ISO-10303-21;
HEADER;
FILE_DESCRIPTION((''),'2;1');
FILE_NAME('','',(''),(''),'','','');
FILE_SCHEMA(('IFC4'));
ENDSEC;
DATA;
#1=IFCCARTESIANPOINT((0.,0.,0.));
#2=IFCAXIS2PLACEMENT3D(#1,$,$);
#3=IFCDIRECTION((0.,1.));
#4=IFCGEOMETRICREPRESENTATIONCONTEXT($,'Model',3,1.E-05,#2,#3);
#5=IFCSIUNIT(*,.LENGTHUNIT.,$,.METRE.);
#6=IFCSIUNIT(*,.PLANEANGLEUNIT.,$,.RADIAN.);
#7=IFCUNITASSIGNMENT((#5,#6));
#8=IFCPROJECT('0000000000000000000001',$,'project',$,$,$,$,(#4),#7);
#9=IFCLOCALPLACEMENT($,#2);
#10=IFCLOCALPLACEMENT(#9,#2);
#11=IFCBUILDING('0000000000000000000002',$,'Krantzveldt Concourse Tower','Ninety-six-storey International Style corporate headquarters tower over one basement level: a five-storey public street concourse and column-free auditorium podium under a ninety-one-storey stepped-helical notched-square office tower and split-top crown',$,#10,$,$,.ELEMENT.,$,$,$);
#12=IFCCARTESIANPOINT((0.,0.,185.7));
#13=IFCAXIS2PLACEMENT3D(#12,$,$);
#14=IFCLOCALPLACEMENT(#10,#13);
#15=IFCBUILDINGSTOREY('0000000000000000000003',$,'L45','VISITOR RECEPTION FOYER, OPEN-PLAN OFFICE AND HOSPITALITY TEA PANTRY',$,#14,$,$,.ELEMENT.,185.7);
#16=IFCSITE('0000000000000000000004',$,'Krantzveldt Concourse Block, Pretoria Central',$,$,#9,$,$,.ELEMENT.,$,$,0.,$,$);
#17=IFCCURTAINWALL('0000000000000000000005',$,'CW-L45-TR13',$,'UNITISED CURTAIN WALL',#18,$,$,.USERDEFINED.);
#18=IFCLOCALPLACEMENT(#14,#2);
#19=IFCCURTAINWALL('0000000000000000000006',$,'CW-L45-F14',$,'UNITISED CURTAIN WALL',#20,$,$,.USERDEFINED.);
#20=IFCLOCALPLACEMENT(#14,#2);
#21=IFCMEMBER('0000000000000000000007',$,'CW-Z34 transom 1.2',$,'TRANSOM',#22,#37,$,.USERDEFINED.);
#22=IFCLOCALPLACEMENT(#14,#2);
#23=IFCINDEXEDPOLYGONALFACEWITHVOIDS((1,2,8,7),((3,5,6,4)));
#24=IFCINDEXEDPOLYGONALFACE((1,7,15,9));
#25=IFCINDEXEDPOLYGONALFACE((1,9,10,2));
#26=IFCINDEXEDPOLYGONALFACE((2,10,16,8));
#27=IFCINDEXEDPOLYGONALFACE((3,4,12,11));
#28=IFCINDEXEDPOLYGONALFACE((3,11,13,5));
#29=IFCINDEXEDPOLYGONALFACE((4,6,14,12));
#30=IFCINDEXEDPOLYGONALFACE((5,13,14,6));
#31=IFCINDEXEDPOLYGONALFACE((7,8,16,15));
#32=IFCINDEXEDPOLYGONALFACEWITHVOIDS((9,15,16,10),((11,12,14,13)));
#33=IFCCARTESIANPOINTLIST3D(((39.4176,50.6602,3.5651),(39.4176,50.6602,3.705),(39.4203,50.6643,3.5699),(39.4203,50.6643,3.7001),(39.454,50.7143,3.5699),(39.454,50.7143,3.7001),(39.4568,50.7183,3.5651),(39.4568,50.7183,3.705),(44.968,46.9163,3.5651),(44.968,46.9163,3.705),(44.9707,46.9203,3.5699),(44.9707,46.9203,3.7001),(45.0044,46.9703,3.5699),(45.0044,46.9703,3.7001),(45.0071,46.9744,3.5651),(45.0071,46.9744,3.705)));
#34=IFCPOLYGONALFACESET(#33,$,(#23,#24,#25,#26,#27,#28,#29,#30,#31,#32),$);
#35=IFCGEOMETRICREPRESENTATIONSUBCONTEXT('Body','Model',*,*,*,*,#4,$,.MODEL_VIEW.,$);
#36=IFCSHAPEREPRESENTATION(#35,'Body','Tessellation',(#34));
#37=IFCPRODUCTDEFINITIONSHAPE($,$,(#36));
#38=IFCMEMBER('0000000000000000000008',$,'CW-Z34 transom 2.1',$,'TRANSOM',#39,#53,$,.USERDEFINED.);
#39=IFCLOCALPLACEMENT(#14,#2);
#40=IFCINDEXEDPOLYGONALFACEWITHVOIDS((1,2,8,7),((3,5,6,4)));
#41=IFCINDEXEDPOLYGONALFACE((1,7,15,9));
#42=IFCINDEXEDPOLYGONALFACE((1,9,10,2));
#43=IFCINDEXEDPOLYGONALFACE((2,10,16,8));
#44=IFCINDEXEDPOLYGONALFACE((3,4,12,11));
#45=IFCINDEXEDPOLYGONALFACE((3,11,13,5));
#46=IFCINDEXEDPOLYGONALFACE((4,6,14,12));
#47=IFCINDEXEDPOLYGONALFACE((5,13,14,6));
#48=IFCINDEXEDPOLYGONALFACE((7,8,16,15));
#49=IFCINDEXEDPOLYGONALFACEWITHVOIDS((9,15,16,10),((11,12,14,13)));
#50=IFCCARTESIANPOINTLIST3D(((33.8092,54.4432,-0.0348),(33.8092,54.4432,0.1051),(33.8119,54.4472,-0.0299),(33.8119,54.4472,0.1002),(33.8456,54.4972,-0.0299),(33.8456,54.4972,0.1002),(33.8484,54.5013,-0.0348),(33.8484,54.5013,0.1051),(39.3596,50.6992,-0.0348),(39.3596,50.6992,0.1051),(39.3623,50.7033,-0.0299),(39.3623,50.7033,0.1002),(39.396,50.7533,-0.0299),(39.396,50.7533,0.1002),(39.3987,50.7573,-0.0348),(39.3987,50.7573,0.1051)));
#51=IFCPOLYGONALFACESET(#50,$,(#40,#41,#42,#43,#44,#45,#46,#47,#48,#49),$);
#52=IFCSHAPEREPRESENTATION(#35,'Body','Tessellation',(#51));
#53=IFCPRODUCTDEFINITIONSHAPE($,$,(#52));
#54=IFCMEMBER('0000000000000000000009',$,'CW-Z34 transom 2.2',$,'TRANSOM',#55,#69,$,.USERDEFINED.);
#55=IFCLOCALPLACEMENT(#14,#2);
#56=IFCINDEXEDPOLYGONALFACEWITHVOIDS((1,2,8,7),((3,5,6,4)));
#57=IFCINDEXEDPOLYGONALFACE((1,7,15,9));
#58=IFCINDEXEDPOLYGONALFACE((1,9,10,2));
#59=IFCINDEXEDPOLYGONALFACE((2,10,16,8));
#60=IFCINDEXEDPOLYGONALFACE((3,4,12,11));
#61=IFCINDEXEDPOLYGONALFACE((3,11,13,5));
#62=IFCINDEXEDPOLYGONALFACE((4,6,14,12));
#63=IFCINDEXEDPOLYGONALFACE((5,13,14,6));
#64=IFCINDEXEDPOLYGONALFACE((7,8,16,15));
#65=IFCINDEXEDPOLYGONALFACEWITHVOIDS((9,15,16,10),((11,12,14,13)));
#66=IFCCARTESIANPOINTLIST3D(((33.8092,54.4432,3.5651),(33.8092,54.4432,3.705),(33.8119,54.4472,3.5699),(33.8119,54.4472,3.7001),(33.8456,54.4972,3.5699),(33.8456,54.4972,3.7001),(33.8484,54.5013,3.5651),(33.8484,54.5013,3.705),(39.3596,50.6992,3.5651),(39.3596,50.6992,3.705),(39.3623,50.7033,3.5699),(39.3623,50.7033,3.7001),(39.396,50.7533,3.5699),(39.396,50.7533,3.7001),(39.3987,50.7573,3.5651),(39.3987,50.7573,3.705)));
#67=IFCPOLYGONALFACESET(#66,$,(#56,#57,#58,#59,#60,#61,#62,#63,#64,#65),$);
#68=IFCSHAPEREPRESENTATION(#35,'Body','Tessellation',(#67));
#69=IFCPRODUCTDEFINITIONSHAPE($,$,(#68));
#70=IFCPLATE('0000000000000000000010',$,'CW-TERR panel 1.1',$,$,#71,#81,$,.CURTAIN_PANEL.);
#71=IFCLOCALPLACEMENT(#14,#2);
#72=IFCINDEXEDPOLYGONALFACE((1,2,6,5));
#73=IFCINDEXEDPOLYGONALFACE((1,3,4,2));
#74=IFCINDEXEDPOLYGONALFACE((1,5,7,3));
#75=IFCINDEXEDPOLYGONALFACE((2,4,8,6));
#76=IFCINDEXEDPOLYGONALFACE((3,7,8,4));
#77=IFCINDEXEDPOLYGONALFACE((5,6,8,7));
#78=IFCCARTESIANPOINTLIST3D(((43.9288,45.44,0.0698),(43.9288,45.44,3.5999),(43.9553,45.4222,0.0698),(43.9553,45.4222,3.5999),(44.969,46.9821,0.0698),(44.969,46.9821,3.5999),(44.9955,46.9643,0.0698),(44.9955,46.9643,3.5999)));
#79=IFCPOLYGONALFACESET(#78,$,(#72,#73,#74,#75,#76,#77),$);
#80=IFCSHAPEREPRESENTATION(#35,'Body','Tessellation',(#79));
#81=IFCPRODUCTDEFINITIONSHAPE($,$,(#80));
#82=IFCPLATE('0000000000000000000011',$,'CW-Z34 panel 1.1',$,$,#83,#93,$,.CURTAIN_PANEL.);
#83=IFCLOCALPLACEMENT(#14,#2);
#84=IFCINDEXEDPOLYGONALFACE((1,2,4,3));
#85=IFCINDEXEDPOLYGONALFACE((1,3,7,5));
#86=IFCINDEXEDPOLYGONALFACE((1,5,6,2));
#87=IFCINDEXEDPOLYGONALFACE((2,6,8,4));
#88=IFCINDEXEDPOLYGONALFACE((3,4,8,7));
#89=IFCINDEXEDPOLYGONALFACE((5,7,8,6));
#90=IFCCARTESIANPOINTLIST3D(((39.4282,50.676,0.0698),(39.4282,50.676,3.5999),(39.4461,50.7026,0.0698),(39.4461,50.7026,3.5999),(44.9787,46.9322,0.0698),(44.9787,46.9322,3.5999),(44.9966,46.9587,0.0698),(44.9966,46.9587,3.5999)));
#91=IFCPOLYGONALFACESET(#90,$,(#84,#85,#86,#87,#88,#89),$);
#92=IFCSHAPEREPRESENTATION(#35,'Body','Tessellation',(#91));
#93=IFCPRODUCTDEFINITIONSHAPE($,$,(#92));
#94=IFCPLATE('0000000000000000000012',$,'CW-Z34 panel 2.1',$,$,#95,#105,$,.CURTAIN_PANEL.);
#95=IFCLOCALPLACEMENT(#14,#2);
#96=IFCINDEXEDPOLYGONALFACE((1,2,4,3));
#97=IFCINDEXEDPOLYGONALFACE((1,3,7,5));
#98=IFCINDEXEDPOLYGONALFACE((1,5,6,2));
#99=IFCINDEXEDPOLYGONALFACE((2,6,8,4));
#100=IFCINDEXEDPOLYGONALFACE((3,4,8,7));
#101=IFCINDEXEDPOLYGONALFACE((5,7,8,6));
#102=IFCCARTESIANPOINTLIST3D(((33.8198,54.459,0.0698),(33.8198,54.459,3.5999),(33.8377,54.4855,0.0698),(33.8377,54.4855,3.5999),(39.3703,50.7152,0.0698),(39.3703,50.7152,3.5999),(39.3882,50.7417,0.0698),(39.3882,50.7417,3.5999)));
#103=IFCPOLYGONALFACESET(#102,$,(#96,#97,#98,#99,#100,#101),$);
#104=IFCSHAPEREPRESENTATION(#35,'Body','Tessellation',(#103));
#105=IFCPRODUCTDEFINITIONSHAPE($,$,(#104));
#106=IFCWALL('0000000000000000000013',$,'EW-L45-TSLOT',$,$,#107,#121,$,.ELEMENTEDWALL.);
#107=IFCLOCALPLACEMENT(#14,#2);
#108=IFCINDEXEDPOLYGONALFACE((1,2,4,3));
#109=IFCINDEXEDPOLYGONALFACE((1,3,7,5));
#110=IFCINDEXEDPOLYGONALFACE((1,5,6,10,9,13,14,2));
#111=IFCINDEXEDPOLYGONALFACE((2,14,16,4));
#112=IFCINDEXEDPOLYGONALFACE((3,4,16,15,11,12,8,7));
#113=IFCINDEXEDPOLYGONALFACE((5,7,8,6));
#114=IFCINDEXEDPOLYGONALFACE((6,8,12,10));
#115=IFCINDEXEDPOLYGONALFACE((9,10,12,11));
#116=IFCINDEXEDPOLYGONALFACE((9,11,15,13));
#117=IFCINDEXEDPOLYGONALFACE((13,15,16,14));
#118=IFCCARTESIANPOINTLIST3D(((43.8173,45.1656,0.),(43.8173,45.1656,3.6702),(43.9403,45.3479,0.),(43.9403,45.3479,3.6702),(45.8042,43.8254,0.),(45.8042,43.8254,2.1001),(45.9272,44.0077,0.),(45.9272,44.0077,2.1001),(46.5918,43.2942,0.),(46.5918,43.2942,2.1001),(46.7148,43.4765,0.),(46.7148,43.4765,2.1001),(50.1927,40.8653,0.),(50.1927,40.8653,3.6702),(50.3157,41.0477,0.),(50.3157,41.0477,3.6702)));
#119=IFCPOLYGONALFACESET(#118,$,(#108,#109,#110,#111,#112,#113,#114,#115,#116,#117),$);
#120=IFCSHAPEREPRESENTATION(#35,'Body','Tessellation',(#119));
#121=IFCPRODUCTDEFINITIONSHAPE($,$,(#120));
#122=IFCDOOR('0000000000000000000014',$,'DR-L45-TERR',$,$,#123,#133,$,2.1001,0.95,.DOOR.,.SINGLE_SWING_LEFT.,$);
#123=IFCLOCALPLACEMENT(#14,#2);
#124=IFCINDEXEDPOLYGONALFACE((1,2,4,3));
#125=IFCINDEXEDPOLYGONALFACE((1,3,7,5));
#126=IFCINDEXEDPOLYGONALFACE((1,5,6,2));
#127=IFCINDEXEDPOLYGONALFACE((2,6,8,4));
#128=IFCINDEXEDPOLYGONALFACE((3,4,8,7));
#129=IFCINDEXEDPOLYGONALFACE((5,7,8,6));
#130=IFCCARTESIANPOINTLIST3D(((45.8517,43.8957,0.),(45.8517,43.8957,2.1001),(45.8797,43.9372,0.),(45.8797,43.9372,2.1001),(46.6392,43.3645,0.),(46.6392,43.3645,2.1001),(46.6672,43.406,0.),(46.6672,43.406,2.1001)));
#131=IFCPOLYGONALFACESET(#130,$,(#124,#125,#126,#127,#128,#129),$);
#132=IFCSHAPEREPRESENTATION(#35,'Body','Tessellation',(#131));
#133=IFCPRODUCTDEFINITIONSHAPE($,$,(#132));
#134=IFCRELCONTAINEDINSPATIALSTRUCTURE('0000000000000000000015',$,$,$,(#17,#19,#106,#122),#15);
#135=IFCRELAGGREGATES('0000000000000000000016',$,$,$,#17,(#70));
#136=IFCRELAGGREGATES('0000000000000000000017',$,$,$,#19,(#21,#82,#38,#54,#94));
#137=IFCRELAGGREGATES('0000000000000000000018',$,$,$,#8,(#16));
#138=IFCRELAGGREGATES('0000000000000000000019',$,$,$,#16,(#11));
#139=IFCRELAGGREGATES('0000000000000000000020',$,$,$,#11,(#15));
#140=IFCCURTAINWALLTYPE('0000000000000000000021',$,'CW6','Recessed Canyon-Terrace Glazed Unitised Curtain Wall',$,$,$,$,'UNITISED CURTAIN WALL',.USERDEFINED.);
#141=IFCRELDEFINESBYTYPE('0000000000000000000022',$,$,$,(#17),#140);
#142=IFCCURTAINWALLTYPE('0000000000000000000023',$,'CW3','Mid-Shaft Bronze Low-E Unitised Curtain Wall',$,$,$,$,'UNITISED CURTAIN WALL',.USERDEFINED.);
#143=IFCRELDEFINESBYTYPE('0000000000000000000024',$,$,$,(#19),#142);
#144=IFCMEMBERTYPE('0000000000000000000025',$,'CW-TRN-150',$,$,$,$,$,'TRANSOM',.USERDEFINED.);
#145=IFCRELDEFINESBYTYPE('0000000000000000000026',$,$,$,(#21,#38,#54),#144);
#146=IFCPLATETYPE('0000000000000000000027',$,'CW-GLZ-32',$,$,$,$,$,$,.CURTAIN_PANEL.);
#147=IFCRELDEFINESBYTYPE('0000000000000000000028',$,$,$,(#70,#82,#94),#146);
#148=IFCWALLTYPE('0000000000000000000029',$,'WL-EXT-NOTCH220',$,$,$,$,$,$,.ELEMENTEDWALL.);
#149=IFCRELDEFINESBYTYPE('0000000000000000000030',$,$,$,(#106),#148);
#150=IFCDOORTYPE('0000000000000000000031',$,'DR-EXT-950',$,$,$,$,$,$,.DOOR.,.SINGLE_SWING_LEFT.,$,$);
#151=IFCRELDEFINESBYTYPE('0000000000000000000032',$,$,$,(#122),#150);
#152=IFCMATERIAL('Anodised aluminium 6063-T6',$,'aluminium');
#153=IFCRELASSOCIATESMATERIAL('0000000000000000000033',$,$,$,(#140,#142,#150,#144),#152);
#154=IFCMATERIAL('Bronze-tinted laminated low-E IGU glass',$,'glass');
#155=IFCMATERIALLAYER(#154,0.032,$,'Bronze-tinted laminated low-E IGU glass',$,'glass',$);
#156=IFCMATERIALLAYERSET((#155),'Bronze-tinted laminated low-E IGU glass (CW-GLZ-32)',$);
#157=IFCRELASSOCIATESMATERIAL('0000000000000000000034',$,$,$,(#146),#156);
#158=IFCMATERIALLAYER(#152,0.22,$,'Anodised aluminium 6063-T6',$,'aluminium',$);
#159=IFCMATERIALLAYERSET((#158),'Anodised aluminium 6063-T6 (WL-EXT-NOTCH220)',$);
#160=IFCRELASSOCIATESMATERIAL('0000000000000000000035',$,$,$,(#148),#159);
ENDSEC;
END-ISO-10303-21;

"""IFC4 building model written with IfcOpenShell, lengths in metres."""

from ifc_helpers import new_model, si_unit, direction, frame, frame_2d, origin, origin_2d, place, context, subcontext, project, spatial, rectangle, hollow_rectangle, extrude, source, transform, mapped, material, layer, layer_set, material_profile, profile_set, type_object, type_shapes, element, fill, aggregate, save


model = new_model("IFC4")

# Units and contexts
model_context = context("Model", 3, precision=1e-05, world=origin(), true_north=direction((0.0, 1.0)))
body_context = subcontext(model_context, "Body", "Model", "MODEL_VIEW")
ifc_project = project(units=[si_unit("LENGTHUNIT", "METRE"), si_unit("PLANEANGLEUNIT", "RADIAN")], contexts=[model_context])

# Site, building, storey
site_placement = place(None, origin())
site = spatial("IfcSite", under=ifc_project, at=site_placement, Name="Krantzveldt Concourse Block, Pretoria Central", CompositionType="ELEMENT", RefElevation=0.0)
building_placement = place(site_placement, origin())
building = spatial("IfcBuilding", under=site, at=building_placement, Name="Krantzveldt Concourse Tower", Description="Ninety-six-storey International Style corporate headquarters tower over one basement level: a five-storey public street concourse and column-free auditorium podium under a ninety-one-storey stepped-helical notched-square office tower and split-top crown", CompositionType="ELEMENT")
storey_placement = place(building_placement, frame((0.0, 0.0, 185.7)))
storey = spatial("IfcBuildingStorey", under=building, at=storey_placement, Name="L45", Description="VISITOR RECEPTION FOYER, OPEN-PLAN OFFICE AND HOSPITALITY TEA PANTRY", CompositionType="ELEMENT", Elevation=185.7)

# Curtain wall
ifc_material_1 = material(Name="Anodised aluminium 6063-T6", Category="aluminium")
curtain_wall_type_1 = type_object("IfcCurtainWallType", Name="CW6", Description="Recessed Canyon-Terrace Glazed Unitised Curtain Wall", ElementType="UNITISED CURTAIN WALL", PredefinedType="USERDEFINED", material=ifc_material_1)
curtain_wall_1_placement = place(storey_placement, origin())
curtain_wall_1 = element("IfcCurtainWall", 1, at=curtain_wall_1_placement, inside=storey, type_object=curtain_wall_type_1, Name="CW-L45-TR13", ObjectType="UNITISED CURTAIN WALL", PredefinedType="USERDEFINED")

# Curtain wall
curtain_wall_type_2 = type_object("IfcCurtainWallType", Name="CW3", Description="Mid-Shaft Bronze Low-E Unitised Curtain Wall", ElementType="UNITISED CURTAIN WALL", PredefinedType="USERDEFINED", material=ifc_material_1)
curtain_wall_2_placement = place(storey_placement, origin())
curtain_wall_2 = element("IfcCurtainWall", 2, at=curtain_wall_2_placement, inside=storey, type_object=curtain_wall_type_2, Name="CW-L45-F14", ObjectType="UNITISED CURTAIN WALL", PredefinedType="USERDEFINED")

# Members
ifc_material_profile_1 = material_profile(ifc_material_1, hollow_rectangle(XDim=0.0701, YDim=0.1399, WallThickness=0.0049, at=origin_2d()), Name="Anodised aluminium 6063-T6", Category="aluminium")
ifc_profile_set_1 = profile_set([ifc_material_profile_1], Name="Anodised aluminium 6063-T6 - ALU-TRAN 140x70x5")
member_type_1 = type_object("IfcMemberType", Name="CW-TRN-150", ElementType="TRANSOM", PredefinedType="USERDEFINED", material=ifc_profile_set_1)
shared_shape_1 = source(origin(), body_context, "Body", "SweptSolid", [
    extrude(hollow_rectangle(XDim=0.0701, YDim=0.1399, WallThickness=0.0049, at=origin_2d()), origin(), (0.0, 0.0, 1.0), 6.6951),
])
member_1_placement = place(storey_placement, frame((44.9875, 46.9453, 3.635), z_axis=(-0.829025, 0.559211, 0.0), x_axis=(-0.559211, -0.829025, 0.0)))
member_1 = element("IfcMember", 3, at=member_1_placement, type_object=member_type_1, Name="CW-Z34 transom 1.2", ObjectType="TRANSOM", PredefinedType="USERDEFINED", context=body_context, shape_type="MappedRepresentation", body=[
    mapped(shared_shape_1, transform((0.0, 0.0, 0.0), x_axis=(1.0, 0.0, 0.0), y_axis=(0.0, 1.0, 0.0), z_axis=(0.0, 0.0, 1.0), scale=1.0)),
])
member_2_placement = place(storey_placement, frame((39.3792, 50.7283, 0.0352), z_axis=(-0.829025, 0.559211, 0.0), x_axis=(-0.559211, -0.829025, 0.0)))
member_2 = element("IfcMember", 4, at=member_2_placement, type_object=member_type_1, Name="CW-Z34 transom 2.1", ObjectType="TRANSOM", PredefinedType="USERDEFINED", context=body_context, shape_type="MappedRepresentation", body=[
    mapped(shared_shape_1, transform((0.0, 0.0, 0.0), x_axis=(1.0, 0.0, 0.0), y_axis=(0.0, 1.0, 0.0), z_axis=(0.0, 0.0, 1.0), scale=1.0)),
])
member_3_placement = place(storey_placement, frame((39.3792, 50.7283, 3.635), z_axis=(-0.829025, 0.559211, 0.0), x_axis=(-0.559211, -0.829025, 0.0)))
member_3 = element("IfcMember", 5, at=member_3_placement, type_object=member_type_1, Name="CW-Z34 transom 2.2", ObjectType="TRANSOM", PredefinedType="USERDEFINED", context=body_context, shape_type="MappedRepresentation", body=[
    mapped(shared_shape_1, transform((0.0, 0.0, 0.0), x_axis=(1.0, 0.0, 0.0), y_axis=(0.0, 1.0, 0.0), z_axis=(0.0, 0.0, 1.0), scale=1.0)),
])

# Plates
ifc_material_2 = material(Name="Bronze-tinted laminated low-E IGU glass", Category="glass")
ifc_layer_1 = layer(ifc_material_2, 0.032, Name="Bronze-tinted laminated low-E IGU glass", Category="glass")
ifc_layer_set_1 = layer_set([ifc_layer_1], Name="Bronze-tinted laminated low-E IGU glass (CW-GLZ-32)")
plate_type = type_object("IfcPlateType", Name="CW-GLZ-32", PredefinedType="CURTAIN_PANEL", material=ifc_layer_set_1)
shared_shape_2 = source(origin(), body_context, "Body", "SweptSolid", [
    extrude(rectangle(XDim=1.8601, YDim=0.032, at=origin_2d()), origin(), (0.0, 0.0, 1.0), 3.53),
])
plate_1_placement = place(storey_placement, frame((44.4622, 46.2021, 0.0698), z_axis=(0.0, 0.0, 1.0), x_axis=(0.55919, 0.82904, 0.0)))
plate_1 = element("IfcPlate", 6, at=plate_1_placement, type_object=plate_type, Name="CW-TERR panel 1.1", PredefinedType="CURTAIN_PANEL", context=body_context, shape_type="MappedRepresentation", body=[
    mapped(shared_shape_2, transform((0.0, 0.0, 0.0), x_axis=(1.0, 0.0, 0.0), y_axis=(0.0, 1.0, 0.0), z_axis=(0.0, 0.0, 1.0), scale=1.0)),
])
aggregate(curtain_wall_1, [plate_1])
shared_shape_3 = source(origin(), body_context, "Body", "SweptSolid", [
    extrude(rectangle(XDim=6.6951, YDim=0.032, at=origin_2d()), origin(), (0.0, 0.0, 1.0), 3.53),
])
type_shapes(plate_type, [shared_shape_2, shared_shape_3])
plate_2_placement = place(storey_placement, frame((42.2124, 48.8174, 0.0698), z_axis=(0.0, 0.0, 1.0), x_axis=(-0.829038, 0.559193, 0.0)))
plate_2 = element("IfcPlate", 7, at=plate_2_placement, type_object=plate_type, Name="CW-Z34 panel 1.1", PredefinedType="CURTAIN_PANEL", context=body_context, shape_type="MappedRepresentation", body=[
    mapped(shared_shape_3, transform((0.0, 0.0, 0.0), x_axis=(1.0, 0.0, 0.0), y_axis=(0.0, 1.0, 0.0), z_axis=(0.0, 0.0, 1.0), scale=1.0)),
])
plate_3_placement = place(storey_placement, frame((36.604, 52.6003, 0.0698), z_axis=(0.0, 0.0, 1.0), x_axis=(-0.829038, 0.559193, 0.0)))
plate_3 = element("IfcPlate", 8, at=plate_3_placement, type_object=plate_type, Name="CW-Z34 panel 2.1", PredefinedType="CURTAIN_PANEL", context=body_context, shape_type="MappedRepresentation", body=[
    mapped(shared_shape_3, transform((0.0, 0.0, 0.0), x_axis=(1.0, 0.0, 0.0), y_axis=(0.0, 1.0, 0.0), z_axis=(0.0, 0.0, 1.0), scale=1.0)),
])
aggregate(curtain_wall_2, [member_1, plate_2, member_2, member_3, plate_3])

# Wall, opening, door
ifc_layer_2 = layer(ifc_material_1, 0.22, Name="Anodised aluminium 6063-T6", Category="aluminium")
ifc_layer_set_2 = layer_set([ifc_layer_2], Name="Anodised aluminium 6063-T6 (WL-EXT-NOTCH220)")
wall_type = type_object("IfcWallType", Name="WL-EXT-NOTCH220", PredefinedType="ELEMENTEDWALL", material=ifc_layer_set_2)
wall_placement = place(storey_placement, frame((43.8787, 45.2568, 0.0), z_axis=(0.0, 0.0, 1.0), x_axis=(0.829039, -0.55919, 0.0)))
wall = element("IfcWall", 9, at=wall_placement, inside=storey, type_object=wall_type, Name="EW-L45-TSLOT", PredefinedType="ELEMENTEDWALL", context=body_context, shape_type="SweptSolid", body=[
    extrude(rectangle(XDim=7.6902, YDim=0.22, at=frame_2d((3.8452, 0.0))), origin(), (0.0, 0.0, 1.0), 3.6702),
])
opening_placement = place(wall_placement, frame((2.3967, 0.0, 0.0)))
opening = element("IfcOpeningElement", 10, at=opening_placement, cuts=wall, PredefinedType="OPENING", context=body_context, shape_type="SweptSolid", body=[
    extrude(rectangle(XDim=0.95, YDim=2.1001, at=frame_2d((0.4751, 1.05))), frame((0.0, 0.1201, 0.0), z_axis=(0.0, -1.0, 0.0), x_axis=(1.0, 0.0, 0.0)), (0.0, 0.0, 1.0), 0.24),
])
door_type = type_object("IfcDoorType", Name="DR-EXT-950", OperationType="SINGLE_SWING_LEFT", PredefinedType="DOOR", material=ifc_material_1)
door_placement = place(opening_placement, origin())
door = element("IfcDoor", 11, at=door_placement, inside=storey, type_object=door_type, Name="DR-L45-TERR", OperationType="SINGLE_SWING_LEFT", OverallHeight=2.1001, OverallWidth=0.95, PredefinedType="DOOR", context=body_context, shape_type="SweptSolid", body=[
    extrude(rectangle(XDim=0.95, YDim=2.1001, at=frame_2d((0.4751, 1.05))), frame((0.0, 0.0249, 0.0), z_axis=(0.0, -1.0, 0.0), x_axis=(1.0, 0.0, 0.0)), (0.0, 0.0, 1.0), 0.05),
])
fill(opening, door)

save(model, "model.ifc")
